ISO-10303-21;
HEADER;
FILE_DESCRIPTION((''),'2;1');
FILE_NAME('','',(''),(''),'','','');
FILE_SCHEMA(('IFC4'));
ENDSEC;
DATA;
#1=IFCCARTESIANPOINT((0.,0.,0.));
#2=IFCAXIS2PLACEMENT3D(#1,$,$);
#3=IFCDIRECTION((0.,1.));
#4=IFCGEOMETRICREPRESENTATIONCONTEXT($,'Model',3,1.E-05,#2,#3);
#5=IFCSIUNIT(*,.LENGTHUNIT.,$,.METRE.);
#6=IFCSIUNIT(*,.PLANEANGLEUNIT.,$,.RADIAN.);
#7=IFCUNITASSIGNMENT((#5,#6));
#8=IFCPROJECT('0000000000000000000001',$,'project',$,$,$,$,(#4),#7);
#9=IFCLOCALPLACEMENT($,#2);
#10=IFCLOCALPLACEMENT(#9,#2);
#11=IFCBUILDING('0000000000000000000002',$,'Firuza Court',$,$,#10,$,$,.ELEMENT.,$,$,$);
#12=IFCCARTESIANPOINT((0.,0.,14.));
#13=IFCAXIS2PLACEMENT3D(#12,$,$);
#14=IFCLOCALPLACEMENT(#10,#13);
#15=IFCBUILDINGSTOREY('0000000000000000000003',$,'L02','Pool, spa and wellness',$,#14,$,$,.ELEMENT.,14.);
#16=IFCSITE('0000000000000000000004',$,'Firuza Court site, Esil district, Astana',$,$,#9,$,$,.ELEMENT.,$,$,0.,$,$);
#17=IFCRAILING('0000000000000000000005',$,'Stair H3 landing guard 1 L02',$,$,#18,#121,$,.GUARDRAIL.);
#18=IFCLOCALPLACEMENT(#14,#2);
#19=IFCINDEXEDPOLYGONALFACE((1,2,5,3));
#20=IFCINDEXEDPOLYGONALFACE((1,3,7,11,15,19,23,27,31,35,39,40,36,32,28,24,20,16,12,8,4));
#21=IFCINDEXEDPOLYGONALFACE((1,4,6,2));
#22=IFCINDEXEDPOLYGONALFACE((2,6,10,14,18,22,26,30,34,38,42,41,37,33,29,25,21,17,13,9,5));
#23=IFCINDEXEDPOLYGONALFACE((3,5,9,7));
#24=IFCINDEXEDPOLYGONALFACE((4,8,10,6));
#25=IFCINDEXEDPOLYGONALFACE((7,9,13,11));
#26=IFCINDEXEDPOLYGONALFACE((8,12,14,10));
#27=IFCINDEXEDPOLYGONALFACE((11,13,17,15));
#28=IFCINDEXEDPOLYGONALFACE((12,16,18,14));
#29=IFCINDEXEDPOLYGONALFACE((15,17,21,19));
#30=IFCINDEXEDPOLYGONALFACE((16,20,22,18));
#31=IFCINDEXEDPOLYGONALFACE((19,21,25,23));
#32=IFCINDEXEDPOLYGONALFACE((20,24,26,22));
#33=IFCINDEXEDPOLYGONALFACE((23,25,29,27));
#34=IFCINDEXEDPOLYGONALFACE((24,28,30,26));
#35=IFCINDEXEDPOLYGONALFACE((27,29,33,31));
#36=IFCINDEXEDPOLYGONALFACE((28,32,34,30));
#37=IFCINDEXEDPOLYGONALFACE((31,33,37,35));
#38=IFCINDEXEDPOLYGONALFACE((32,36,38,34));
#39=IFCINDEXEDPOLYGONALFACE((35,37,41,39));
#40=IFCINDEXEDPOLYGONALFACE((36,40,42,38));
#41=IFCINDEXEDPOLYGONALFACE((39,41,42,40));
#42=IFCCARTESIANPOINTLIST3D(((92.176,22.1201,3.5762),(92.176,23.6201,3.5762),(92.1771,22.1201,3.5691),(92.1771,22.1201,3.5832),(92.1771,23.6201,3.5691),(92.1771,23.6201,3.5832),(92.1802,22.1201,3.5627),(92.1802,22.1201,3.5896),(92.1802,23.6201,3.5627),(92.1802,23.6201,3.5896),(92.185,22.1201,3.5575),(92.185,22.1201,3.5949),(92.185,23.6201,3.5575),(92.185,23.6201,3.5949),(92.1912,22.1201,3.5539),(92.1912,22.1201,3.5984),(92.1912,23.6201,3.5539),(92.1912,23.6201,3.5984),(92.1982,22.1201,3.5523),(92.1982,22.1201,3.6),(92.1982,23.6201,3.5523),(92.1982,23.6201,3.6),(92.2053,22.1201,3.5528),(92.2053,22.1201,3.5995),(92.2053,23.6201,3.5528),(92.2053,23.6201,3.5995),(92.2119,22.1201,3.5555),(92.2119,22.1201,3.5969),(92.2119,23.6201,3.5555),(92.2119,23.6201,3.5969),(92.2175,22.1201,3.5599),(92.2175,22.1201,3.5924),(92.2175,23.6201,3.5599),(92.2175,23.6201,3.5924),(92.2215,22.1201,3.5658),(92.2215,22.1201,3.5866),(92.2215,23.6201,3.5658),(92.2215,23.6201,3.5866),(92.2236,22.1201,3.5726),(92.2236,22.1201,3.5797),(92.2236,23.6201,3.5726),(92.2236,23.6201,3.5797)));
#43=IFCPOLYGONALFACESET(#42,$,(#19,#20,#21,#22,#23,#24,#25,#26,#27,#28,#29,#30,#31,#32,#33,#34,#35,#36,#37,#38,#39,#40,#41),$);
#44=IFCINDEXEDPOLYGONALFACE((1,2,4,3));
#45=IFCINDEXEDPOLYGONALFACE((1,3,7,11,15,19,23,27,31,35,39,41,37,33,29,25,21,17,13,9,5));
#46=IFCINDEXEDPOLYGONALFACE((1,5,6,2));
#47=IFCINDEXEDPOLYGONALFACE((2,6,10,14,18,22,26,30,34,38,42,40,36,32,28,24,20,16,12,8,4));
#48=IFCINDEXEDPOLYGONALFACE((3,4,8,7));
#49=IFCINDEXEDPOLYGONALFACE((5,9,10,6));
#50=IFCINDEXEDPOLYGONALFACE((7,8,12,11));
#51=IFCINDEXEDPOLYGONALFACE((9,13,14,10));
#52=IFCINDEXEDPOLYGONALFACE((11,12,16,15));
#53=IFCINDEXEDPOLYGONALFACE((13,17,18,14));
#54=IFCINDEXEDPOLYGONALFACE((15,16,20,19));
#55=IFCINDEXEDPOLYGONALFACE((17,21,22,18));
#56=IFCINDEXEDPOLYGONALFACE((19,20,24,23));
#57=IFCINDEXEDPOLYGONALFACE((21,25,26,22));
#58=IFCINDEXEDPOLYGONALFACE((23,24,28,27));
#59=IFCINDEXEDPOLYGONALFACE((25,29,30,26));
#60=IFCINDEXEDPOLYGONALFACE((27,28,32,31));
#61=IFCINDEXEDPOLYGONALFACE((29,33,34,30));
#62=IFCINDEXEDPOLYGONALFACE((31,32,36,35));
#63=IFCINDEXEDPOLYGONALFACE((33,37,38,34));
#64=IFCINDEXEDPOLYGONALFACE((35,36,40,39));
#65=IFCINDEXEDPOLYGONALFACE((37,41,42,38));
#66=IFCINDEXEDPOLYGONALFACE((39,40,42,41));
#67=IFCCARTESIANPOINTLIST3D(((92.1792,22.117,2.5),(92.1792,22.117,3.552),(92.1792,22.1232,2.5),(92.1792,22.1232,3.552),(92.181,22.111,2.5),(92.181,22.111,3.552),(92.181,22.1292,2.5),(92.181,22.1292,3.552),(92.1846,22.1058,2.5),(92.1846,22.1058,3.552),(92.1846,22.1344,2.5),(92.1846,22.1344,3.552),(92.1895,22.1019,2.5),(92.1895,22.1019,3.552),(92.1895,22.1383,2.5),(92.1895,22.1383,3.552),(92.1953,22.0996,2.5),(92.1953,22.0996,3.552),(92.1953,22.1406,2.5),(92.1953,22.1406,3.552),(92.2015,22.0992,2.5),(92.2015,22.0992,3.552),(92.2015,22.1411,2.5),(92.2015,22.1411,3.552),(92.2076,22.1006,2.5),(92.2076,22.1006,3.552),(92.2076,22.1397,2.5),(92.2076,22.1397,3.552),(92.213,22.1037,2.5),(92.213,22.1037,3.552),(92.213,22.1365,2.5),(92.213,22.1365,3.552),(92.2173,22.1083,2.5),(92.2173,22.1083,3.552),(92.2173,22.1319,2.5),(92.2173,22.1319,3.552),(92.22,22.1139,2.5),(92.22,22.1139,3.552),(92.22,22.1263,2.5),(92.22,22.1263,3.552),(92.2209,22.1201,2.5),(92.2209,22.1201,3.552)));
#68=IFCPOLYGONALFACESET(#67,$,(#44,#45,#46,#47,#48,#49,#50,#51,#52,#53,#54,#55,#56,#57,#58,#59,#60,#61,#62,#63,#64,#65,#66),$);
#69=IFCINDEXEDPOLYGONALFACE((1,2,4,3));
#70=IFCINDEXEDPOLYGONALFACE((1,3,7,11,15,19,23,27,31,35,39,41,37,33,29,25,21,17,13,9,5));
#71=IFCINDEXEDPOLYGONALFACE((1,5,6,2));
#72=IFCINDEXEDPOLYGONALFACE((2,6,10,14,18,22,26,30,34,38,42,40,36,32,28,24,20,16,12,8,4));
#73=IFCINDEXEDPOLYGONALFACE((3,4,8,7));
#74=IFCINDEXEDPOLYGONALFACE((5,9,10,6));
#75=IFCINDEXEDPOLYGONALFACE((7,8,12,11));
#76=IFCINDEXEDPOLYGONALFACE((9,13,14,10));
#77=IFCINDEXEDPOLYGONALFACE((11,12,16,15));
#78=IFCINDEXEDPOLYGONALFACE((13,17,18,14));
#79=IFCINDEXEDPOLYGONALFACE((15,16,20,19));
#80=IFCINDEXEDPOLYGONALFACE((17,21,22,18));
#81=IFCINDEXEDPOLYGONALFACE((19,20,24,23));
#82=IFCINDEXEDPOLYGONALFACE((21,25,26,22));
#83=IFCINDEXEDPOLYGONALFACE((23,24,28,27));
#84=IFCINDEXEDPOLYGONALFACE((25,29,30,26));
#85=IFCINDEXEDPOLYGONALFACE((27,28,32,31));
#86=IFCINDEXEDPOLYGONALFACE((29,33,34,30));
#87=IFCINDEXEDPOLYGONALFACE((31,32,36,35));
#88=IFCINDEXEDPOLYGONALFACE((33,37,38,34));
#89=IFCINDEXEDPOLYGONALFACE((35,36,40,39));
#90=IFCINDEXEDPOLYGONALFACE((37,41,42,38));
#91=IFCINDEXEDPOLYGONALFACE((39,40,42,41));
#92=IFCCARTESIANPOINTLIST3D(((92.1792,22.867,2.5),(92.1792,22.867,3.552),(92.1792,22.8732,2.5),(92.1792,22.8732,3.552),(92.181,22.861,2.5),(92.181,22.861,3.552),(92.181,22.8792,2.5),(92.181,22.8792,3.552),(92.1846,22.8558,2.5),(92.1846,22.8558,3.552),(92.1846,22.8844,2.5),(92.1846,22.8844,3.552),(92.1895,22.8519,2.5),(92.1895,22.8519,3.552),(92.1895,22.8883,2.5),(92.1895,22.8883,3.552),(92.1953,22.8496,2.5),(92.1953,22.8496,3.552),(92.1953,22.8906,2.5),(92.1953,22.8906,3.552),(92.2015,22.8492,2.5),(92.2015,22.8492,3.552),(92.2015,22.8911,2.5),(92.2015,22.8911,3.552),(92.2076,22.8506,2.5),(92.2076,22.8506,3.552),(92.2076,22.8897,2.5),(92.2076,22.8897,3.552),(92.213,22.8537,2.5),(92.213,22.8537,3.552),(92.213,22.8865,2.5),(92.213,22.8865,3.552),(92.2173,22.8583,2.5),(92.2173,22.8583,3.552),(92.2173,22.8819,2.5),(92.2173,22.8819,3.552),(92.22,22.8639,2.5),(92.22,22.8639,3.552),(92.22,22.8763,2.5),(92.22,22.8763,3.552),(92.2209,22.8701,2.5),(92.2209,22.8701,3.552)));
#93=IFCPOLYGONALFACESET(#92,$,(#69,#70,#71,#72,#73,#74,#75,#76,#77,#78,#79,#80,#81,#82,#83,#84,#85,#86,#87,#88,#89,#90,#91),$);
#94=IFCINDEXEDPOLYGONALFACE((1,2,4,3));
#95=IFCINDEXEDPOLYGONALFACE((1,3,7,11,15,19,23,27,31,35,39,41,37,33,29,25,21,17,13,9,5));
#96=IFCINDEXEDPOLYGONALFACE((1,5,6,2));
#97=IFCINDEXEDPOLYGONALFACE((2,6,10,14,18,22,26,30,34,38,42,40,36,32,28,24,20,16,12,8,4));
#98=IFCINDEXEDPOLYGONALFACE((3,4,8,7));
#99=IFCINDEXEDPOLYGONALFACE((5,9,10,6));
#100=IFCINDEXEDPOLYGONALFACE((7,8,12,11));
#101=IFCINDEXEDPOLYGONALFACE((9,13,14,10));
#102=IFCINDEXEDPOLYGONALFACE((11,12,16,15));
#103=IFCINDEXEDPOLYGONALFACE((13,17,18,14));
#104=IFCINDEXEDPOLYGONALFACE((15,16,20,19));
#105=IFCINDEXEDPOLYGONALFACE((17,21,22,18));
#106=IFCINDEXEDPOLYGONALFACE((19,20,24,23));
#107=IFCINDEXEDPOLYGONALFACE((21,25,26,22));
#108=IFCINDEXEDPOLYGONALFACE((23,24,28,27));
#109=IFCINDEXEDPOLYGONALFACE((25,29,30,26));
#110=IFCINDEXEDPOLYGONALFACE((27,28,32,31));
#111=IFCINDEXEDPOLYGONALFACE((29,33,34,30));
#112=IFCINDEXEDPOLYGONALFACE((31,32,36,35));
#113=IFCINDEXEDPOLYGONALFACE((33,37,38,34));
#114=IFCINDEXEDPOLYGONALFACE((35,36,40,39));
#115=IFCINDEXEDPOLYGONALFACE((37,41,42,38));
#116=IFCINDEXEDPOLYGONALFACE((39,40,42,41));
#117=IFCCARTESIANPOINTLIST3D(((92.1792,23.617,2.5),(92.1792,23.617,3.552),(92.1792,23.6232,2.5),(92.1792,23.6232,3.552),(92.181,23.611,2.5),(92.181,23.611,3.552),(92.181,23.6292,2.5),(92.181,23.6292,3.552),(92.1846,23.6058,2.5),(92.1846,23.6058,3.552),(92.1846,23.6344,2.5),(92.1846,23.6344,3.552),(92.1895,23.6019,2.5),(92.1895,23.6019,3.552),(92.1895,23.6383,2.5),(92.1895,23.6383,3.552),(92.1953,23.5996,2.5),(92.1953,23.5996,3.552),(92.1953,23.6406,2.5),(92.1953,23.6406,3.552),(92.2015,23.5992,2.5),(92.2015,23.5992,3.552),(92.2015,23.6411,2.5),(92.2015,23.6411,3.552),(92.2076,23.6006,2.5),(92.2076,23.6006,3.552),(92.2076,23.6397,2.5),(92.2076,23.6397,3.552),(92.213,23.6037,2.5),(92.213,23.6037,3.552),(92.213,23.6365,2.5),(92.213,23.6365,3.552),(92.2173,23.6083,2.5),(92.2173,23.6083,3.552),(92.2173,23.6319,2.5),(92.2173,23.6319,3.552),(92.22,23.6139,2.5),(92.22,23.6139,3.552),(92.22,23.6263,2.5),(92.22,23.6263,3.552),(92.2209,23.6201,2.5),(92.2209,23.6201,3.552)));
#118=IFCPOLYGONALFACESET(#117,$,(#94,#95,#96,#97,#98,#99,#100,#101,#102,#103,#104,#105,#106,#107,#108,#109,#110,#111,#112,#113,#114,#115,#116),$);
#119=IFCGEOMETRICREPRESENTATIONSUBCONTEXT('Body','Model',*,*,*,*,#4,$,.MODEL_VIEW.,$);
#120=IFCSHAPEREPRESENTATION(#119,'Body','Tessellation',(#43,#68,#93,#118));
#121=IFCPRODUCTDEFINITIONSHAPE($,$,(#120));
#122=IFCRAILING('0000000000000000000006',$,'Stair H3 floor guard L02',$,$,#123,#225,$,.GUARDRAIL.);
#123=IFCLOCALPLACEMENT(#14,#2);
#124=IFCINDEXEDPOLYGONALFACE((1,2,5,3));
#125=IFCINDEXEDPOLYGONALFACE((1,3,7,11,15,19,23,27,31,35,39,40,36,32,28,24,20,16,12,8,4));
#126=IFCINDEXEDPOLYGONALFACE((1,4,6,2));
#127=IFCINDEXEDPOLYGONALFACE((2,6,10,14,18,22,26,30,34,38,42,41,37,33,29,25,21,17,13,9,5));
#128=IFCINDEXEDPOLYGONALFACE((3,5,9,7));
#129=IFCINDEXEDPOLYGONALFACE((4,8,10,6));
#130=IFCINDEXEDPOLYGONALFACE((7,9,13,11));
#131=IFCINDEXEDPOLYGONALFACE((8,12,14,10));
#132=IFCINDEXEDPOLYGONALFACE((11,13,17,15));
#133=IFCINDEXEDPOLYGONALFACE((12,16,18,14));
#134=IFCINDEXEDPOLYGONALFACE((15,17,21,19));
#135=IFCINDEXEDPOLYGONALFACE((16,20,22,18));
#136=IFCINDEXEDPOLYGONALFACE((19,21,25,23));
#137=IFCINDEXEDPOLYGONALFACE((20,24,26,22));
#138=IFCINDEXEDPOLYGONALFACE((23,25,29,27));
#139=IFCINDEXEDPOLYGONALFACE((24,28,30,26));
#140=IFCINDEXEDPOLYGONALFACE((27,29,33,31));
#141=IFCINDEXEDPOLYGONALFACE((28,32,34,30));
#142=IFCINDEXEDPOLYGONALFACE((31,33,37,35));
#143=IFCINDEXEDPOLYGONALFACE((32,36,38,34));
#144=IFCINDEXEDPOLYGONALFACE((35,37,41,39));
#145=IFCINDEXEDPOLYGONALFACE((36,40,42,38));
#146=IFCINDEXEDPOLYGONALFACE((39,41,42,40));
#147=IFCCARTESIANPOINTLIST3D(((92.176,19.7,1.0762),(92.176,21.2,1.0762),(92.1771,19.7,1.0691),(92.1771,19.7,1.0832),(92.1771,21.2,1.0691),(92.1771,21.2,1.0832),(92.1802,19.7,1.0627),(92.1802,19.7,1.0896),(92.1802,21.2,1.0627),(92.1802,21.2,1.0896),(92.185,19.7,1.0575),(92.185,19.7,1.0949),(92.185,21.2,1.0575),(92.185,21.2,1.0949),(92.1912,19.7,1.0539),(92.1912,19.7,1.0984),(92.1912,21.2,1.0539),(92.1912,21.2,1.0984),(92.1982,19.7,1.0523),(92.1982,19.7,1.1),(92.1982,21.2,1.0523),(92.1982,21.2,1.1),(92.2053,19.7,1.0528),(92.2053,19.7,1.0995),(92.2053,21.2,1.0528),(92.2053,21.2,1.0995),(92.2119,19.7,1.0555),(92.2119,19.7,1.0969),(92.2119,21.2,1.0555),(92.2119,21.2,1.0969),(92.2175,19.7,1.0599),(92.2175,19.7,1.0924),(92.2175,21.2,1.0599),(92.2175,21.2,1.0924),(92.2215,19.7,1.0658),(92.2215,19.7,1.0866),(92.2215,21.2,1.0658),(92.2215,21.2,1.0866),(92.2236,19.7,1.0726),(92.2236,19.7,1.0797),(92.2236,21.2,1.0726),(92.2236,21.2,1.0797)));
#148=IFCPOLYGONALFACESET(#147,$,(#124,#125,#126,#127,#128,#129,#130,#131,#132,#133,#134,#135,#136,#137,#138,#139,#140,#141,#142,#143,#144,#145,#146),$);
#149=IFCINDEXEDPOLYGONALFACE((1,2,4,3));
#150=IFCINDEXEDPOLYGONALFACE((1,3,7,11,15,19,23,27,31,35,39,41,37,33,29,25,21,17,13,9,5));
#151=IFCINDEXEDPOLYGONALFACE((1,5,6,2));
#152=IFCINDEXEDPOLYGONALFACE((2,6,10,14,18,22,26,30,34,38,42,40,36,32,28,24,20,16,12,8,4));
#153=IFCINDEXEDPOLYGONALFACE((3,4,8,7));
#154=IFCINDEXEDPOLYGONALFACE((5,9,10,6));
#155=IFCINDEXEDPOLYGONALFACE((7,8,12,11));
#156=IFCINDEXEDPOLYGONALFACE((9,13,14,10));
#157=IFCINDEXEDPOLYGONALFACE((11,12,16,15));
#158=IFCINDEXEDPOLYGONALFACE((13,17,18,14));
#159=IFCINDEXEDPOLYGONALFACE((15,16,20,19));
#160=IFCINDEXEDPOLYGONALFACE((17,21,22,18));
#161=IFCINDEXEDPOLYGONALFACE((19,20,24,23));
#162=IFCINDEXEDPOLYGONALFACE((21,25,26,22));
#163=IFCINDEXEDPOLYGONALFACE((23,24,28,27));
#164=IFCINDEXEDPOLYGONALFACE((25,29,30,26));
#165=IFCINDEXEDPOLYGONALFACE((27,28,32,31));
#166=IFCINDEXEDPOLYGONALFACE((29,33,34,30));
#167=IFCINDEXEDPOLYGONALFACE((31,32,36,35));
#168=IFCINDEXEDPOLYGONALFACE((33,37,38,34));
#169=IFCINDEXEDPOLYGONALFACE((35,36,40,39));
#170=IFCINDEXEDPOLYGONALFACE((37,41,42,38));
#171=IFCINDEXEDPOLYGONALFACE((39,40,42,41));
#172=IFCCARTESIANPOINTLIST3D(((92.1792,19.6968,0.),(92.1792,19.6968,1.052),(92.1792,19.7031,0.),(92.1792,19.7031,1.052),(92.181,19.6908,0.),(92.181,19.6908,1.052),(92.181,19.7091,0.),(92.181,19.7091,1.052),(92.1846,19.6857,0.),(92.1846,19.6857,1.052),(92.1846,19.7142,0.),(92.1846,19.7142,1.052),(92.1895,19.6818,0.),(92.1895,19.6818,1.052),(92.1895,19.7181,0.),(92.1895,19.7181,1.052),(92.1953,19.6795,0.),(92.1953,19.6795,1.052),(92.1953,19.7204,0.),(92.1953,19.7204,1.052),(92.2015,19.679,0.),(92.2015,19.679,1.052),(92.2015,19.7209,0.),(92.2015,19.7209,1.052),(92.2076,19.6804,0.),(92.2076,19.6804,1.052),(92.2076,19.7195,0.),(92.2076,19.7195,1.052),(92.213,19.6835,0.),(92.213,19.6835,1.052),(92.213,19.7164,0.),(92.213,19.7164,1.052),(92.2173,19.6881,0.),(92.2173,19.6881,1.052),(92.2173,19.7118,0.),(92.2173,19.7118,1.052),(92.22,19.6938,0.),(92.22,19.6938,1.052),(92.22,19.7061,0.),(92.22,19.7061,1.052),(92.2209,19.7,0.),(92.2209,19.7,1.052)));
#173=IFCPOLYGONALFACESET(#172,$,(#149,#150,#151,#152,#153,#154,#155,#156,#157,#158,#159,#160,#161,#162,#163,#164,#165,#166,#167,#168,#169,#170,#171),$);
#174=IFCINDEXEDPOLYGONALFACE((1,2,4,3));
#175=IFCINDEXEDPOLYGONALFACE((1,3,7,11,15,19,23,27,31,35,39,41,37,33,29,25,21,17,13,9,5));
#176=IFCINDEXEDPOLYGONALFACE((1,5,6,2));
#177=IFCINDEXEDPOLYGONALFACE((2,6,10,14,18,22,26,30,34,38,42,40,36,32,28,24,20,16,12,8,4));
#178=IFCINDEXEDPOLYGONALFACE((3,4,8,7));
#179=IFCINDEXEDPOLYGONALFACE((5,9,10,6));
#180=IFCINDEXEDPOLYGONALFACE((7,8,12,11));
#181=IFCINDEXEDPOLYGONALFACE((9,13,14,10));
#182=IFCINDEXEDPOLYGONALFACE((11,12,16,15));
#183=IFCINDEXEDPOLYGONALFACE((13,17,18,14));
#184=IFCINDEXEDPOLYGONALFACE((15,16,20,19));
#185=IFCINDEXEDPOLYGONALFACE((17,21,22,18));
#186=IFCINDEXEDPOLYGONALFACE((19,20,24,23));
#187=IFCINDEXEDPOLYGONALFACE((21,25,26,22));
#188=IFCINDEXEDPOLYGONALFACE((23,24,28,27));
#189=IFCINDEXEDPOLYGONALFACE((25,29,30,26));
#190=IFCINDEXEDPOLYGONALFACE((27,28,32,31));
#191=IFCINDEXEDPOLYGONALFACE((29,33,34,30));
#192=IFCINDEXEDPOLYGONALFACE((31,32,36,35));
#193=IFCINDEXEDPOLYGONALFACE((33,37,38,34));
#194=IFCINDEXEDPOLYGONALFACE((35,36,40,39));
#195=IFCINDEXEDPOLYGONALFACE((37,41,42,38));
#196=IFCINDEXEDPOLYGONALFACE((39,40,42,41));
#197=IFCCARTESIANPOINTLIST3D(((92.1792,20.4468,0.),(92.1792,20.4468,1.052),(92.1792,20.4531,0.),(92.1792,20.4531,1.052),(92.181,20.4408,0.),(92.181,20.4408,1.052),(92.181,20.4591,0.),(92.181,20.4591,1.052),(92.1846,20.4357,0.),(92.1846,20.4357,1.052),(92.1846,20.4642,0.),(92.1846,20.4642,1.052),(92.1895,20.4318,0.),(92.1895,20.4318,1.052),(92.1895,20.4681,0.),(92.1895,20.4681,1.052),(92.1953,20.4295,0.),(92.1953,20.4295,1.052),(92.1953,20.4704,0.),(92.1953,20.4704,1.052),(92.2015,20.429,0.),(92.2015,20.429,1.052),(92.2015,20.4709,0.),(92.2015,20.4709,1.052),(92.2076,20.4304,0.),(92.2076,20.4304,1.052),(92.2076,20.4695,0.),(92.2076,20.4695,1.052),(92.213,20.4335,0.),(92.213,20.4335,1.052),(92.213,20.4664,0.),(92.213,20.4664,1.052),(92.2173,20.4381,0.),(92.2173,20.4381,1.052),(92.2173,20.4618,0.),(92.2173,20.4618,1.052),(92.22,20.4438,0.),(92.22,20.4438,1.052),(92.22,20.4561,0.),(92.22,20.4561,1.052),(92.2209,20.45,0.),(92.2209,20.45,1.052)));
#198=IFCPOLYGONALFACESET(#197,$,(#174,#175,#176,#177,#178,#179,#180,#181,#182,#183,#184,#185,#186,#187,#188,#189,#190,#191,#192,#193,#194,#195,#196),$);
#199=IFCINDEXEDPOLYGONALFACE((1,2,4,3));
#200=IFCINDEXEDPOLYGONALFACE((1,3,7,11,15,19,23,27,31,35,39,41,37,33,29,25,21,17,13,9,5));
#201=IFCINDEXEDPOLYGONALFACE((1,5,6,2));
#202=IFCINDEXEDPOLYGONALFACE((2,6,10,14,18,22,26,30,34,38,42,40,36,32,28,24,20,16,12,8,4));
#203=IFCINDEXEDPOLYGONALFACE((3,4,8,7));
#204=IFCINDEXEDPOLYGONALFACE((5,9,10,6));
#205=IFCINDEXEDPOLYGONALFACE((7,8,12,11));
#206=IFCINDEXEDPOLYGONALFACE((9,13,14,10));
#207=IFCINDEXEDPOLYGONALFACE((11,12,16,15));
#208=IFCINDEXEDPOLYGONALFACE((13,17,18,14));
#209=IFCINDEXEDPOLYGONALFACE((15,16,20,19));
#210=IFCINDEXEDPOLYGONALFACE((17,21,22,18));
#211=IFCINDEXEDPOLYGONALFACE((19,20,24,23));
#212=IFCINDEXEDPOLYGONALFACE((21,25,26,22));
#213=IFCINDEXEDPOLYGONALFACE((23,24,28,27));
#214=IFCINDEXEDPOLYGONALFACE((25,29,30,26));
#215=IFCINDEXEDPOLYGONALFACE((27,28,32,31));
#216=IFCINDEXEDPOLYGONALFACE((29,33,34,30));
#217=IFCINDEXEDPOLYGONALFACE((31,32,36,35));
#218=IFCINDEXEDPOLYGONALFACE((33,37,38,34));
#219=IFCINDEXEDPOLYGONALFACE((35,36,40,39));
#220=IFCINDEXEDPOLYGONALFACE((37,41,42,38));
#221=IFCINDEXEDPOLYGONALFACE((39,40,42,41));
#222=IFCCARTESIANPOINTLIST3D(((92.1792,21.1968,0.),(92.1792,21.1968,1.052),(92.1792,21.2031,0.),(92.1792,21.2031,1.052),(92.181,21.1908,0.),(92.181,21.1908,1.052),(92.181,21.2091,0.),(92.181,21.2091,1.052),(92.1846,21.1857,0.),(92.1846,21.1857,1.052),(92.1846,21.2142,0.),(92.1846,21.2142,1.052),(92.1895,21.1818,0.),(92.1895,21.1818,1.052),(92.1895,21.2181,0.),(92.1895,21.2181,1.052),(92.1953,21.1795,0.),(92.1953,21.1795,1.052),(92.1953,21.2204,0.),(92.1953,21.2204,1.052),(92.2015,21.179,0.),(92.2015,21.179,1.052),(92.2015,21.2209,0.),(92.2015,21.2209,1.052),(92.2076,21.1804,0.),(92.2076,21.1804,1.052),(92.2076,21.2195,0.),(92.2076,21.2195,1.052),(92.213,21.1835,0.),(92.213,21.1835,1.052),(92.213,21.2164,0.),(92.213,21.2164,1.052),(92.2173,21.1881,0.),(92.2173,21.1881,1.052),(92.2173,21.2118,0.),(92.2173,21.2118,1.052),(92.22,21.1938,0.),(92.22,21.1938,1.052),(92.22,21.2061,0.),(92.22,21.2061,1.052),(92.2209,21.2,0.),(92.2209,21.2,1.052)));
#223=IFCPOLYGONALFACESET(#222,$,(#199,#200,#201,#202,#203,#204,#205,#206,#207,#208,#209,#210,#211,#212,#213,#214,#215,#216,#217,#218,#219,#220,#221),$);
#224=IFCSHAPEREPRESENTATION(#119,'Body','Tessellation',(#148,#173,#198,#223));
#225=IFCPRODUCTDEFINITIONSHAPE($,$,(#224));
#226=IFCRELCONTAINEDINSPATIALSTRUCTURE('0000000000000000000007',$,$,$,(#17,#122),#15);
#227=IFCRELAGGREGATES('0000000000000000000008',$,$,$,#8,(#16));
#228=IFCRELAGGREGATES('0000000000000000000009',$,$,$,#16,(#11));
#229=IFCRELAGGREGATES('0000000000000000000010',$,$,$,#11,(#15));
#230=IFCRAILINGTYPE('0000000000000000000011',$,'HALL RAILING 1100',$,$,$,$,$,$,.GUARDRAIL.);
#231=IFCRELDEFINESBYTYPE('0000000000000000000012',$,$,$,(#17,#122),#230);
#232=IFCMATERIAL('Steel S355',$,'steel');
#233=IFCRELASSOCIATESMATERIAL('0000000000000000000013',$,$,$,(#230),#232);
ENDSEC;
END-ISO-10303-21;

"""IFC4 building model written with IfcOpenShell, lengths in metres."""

from ifc_helpers import new_model, si_unit, direction, frame, origin, origin_2d, place, context, subcontext, project, spatial, circle, extrude, material, type_object, element, save


model = new_model("IFC4")

# Units and contexts
model_context = context("Model", 3, precision=1e-05, world=origin(), true_north=direction((0.0, 1.0)))
body_context = subcontext(model_context, "Body", "Model", "MODEL_VIEW")
ifc_project = project(units=[si_unit("LENGTHUNIT", "METRE"), si_unit("PLANEANGLEUNIT", "RADIAN")], contexts=[model_context])

# Site, building, storey
site_placement = place(None, origin())
site = spatial("IfcSite", under=ifc_project, at=site_placement, Name="Firuza Court site, Esil district, Astana", CompositionType="ELEMENT", RefElevation=0.0)
building_placement = place(site_placement, origin())
building = spatial("IfcBuilding", under=site, at=building_placement, Name="Firuza Court", CompositionType="ELEMENT")
storey_placement = place(building_placement, frame((0.0, 0.0, 14.0)))
storey = spatial("IfcBuildingStorey", under=building, at=storey_placement, Name="L02", Description="Pool, spa and wellness", CompositionType="ELEMENT", Elevation=14.0)

# Railings
ifc_material_1 = material(Name="Steel S355", Category="steel")
railing_type_1 = type_object("IfcRailingType", Name="HALL RAILING 1100", PredefinedType="GUARDRAIL", material=ifc_material_1)
for number, where, name in (
    (1, (92.2, 22.1201, 2.5), "Stair H3 landing guard 1 L02"),
    (2, (92.2, 19.7, 0.0), "Stair H3 floor guard L02"),
):
    element("IfcRailing", number, at=place(storey_placement, frame(where)), inside=storey, type_object=railing_type_1, Name=name, PredefinedType="GUARDRAIL", context=body_context, shape_type="SweptSolid", body=[
        extrude(circle(Radius=0.0239, at=origin_2d()), frame((0.0, 0.0, 1.0762), z_axis=(0.0, 1.0, 0.0), x_axis=(-1.0, 0.0, 0.0)), (0.0, 0.0, 1.0), 1.5),
        extrude(circle(Radius=0.021, at=origin_2d()), origin(), (0.0, 0.0, 1.0), 1.052),
        extrude(circle(Radius=0.021, at=origin_2d()), frame((0.0, 0.75, 0.0)), (0.0, 0.0, 1.0), 1.052),
        extrude(circle(Radius=0.021, at=origin_2d()), frame((0.0, 1.5, 0.0)), (0.0, 0.0, 1.0), 1.052),
    ])

save(model, "model.ifc")
